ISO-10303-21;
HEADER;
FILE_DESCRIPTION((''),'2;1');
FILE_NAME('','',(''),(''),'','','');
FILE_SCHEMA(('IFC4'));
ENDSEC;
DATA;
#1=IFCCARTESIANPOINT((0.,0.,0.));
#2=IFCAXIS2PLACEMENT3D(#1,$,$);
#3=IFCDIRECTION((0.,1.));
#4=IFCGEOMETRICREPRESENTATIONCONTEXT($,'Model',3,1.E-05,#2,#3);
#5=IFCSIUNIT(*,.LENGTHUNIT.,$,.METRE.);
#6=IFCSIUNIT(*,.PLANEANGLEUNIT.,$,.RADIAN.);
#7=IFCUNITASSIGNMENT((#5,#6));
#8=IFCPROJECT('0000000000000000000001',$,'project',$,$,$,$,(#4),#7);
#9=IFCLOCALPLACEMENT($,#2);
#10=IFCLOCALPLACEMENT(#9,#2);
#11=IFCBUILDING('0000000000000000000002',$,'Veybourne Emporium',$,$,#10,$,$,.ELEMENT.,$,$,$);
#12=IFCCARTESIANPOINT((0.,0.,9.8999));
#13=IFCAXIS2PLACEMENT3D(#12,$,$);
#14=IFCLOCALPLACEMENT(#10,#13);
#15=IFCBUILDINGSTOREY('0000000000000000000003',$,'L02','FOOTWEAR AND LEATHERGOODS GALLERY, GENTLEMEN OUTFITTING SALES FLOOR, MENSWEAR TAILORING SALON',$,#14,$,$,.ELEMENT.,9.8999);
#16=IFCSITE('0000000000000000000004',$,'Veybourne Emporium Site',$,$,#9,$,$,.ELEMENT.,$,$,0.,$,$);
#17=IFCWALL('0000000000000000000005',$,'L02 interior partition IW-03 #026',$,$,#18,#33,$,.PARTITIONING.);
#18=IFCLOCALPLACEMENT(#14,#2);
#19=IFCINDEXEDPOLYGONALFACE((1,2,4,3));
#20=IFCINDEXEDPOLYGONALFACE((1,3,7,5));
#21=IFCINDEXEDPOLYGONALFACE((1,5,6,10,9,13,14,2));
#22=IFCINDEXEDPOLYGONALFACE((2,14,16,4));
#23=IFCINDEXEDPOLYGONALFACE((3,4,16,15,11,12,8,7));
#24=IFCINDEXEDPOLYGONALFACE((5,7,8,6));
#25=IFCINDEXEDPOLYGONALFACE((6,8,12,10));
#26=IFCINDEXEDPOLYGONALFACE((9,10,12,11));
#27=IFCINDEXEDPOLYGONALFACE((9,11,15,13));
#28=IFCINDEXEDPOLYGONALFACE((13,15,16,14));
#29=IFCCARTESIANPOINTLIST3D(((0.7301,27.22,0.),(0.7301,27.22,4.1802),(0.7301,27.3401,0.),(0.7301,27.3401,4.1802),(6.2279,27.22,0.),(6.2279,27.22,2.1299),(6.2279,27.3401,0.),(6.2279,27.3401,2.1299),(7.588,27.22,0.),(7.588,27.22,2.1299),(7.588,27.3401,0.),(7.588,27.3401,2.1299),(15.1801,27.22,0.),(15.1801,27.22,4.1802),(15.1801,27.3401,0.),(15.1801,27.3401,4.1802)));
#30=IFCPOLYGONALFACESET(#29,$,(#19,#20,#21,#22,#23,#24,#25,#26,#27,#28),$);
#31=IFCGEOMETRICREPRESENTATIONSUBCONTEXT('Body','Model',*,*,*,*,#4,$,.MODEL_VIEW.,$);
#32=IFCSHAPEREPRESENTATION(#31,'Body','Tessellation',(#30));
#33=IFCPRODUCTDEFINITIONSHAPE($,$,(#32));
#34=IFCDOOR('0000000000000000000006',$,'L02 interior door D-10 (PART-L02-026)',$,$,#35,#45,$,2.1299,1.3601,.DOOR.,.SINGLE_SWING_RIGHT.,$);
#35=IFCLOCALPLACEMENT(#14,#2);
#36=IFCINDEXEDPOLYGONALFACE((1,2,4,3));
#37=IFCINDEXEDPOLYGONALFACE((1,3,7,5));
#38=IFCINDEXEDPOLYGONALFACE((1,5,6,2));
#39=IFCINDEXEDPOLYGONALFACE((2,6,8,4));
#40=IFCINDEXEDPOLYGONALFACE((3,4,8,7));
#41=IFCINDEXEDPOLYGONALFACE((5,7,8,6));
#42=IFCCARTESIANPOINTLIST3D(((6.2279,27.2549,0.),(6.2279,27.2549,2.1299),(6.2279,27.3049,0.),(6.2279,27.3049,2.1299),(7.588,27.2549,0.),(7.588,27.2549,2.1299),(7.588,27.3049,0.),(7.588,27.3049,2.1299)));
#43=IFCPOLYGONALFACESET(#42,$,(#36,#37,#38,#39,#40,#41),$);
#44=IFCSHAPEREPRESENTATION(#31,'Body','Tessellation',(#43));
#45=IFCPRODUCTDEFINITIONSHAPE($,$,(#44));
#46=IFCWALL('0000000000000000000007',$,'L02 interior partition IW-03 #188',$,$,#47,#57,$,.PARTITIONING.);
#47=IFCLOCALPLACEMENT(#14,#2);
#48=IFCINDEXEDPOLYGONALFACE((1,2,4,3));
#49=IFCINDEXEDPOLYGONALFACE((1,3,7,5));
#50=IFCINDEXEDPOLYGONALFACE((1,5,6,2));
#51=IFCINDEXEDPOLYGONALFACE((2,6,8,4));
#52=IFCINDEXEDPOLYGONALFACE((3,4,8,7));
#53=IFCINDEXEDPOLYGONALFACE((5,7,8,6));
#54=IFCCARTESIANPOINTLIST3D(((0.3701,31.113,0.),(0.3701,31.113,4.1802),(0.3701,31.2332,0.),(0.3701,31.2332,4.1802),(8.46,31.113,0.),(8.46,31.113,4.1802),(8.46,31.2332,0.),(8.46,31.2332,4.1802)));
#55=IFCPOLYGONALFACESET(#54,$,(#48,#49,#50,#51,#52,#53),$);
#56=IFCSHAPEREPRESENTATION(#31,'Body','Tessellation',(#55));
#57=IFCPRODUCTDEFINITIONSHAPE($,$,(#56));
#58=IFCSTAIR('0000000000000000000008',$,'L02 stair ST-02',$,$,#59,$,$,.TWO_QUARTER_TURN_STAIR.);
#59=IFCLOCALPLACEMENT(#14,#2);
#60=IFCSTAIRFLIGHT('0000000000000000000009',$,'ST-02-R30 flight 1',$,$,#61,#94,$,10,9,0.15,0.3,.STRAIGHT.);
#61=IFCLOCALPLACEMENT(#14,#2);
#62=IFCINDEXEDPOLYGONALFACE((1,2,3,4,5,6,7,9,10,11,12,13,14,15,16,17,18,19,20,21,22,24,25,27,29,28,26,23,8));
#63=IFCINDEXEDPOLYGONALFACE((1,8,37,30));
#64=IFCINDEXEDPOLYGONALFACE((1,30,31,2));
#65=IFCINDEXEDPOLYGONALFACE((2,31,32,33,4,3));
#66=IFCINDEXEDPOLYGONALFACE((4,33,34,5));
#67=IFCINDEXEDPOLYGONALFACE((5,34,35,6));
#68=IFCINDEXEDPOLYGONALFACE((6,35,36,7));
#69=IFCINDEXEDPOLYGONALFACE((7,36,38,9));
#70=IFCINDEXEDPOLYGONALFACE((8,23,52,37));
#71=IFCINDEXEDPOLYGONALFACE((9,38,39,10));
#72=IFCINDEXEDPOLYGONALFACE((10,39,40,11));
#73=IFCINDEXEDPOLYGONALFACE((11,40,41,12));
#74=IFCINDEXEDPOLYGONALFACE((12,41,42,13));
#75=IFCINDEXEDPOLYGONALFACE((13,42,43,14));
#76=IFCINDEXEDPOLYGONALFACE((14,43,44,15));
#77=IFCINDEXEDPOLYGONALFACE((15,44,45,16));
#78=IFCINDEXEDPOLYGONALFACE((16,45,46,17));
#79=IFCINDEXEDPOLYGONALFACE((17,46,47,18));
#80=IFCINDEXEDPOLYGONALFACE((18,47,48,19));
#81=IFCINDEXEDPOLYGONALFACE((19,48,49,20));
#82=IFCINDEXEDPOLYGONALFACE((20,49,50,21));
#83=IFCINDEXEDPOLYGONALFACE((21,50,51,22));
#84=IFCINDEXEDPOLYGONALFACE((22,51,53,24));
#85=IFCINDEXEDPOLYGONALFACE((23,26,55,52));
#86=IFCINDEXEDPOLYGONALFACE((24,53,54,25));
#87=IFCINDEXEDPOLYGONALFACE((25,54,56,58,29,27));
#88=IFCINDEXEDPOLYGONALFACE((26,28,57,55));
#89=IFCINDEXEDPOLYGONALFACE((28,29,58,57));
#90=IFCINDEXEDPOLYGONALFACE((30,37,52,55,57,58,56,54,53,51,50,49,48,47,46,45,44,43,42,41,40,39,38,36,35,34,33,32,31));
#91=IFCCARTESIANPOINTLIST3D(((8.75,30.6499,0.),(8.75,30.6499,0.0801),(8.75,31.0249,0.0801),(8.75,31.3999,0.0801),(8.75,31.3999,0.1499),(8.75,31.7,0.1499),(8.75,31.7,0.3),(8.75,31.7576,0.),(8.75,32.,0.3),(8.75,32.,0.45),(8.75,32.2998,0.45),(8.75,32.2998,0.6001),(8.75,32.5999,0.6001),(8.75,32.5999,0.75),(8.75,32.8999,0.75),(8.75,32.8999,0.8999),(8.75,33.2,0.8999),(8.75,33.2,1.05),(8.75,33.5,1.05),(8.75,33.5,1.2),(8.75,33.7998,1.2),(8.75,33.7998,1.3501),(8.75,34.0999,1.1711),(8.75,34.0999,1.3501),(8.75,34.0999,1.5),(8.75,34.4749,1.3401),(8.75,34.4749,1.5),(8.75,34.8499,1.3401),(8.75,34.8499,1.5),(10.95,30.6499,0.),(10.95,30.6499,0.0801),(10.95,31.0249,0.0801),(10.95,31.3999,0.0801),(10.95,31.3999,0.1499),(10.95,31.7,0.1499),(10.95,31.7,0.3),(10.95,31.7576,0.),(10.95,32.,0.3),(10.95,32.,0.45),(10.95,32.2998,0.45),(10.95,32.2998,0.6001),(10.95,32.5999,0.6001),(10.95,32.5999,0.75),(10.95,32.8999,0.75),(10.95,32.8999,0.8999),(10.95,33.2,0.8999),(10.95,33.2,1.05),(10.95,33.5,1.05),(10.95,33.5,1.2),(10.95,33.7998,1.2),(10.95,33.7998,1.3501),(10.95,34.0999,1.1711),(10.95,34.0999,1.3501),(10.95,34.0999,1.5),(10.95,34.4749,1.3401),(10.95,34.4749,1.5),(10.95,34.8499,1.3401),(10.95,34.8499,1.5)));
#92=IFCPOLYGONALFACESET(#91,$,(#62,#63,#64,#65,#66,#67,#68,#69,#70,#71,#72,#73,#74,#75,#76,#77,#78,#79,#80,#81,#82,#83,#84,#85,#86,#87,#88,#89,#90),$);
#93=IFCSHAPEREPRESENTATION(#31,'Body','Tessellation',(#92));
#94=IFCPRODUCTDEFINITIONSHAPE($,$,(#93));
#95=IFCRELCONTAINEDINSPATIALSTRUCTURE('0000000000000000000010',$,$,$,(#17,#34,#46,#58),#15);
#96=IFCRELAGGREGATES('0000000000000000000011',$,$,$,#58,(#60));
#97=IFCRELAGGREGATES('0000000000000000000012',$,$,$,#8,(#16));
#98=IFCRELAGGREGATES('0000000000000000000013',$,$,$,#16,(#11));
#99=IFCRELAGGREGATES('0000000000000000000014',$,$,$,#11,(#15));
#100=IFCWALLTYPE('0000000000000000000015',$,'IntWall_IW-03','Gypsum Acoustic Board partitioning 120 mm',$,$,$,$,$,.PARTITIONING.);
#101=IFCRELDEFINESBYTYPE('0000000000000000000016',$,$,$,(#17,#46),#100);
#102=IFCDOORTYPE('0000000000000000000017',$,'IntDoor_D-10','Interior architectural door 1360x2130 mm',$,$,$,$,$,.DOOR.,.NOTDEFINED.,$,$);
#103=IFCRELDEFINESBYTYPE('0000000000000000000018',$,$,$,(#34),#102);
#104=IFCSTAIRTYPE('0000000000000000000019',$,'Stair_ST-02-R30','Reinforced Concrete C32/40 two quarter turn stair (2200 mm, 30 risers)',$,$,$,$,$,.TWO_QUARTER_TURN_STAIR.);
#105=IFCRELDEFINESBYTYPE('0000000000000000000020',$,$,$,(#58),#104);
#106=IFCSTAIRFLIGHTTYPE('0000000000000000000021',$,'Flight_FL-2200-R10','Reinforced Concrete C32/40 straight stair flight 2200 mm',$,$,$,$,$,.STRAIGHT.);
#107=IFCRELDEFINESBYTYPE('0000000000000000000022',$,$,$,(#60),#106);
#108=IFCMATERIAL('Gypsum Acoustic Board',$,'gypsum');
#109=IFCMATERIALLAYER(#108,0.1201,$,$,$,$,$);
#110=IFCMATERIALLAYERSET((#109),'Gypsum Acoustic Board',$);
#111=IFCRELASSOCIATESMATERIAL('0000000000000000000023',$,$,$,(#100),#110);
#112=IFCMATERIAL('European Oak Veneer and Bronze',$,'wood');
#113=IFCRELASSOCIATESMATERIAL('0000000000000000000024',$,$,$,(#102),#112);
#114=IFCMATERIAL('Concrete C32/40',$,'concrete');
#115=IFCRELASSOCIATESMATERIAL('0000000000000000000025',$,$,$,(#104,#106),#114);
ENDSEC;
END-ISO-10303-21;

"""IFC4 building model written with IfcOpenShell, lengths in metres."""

from ifc_helpers import new_model, si_unit, direction, frame, frame_2d, origin, place, context, subcontext, project, spatial, polyline, rectangle, outline, extrude, material, layer, layer_set, type_object, element, fill, aggregate, save


model = new_model("IFC4")

# Units and contexts
model_context = context("Model", 3, precision=1e-05, world=origin(), true_north=direction((0.0, 1.0)))
body_context = subcontext(model_context, "Body", "Model", "MODEL_VIEW")
ifc_project = project(units=[si_unit("LENGTHUNIT", "METRE"), si_unit("PLANEANGLEUNIT", "RADIAN")], contexts=[model_context])

# Site, building, storey
site_placement = place(None, origin())
site = spatial("IfcSite", under=ifc_project, at=site_placement, Name="Veybourne Emporium Site", CompositionType="ELEMENT", RefElevation=0.0)
building_placement = place(site_placement, origin())
building = spatial("IfcBuilding", under=site, at=building_placement, Name="Veybourne Emporium", CompositionType="ELEMENT")
storey_placement = place(building_placement, frame((0.0, 0.0, 9.8999)))
storey = spatial("IfcBuildingStorey", under=building, at=storey_placement, Name="L02", Description="FOOTWEAR AND LEATHERGOODS GALLERY, GENTLEMEN OUTFITTING SALES FLOOR, MENSWEAR TAILORING SALON", CompositionType="ELEMENT", Elevation=9.8999)

# Shared definitions
ifc_material_1 = material(Name="Concrete C32/40", Category="concrete")

# Wall, opening, door
ifc_material_2 = material(Name="Gypsum Acoustic Board", Category="gypsum")
ifc_layer_1 = layer(ifc_material_2, 0.1201)
ifc_layer_set_1 = layer_set([ifc_layer_1], Name="Gypsum Acoustic Board")
wall_type_1 = type_object("IfcWallType", Name="IntWall_IW-03", Description="Gypsum Acoustic Board partitioning 120 mm", PredefinedType="PARTITIONING", material=ifc_layer_set_1)
wall_1_placement = place(storey_placement, frame((0.73, 27.28, 0.0), z_axis=(0.0, 0.0, 1.0), x_axis=(1.0, 0.0, 0.0)))
wall_1 = element("IfcWall", 1, at=wall_1_placement, inside=storey, type_object=wall_type_1, Name="L02 interior partition IW-03 #026", PredefinedType="PARTITIONING", context=body_context, shape_type="SweptSolid", body=[
    extrude(rectangle(XDim=14.45, YDim=0.1201, at=frame_2d((7.2251, 0.0))), origin(), (0.0, 0.0, 1.0), 4.1802),
])
opening_1_placement = place(wall_1_placement, frame((5.4978, 0.0, 0.0)))
opening_1 = element("IfcOpeningElement", 2, at=opening_1_placement, cuts=wall_1, PredefinedType="OPENING", context=body_context, shape_type="SweptSolid", body=[
    extrude(rectangle(XDim=1.3601, YDim=2.1299, at=frame_2d((0.6802, 1.0649))), frame((0.0, 0.0801, 0.0), z_axis=(0.0, -1.0, 0.0), x_axis=(1.0, 0.0, 0.0)), (0.0, 0.0, 1.0), 0.1602),
])
ifc_material_3 = material(Name="European Oak Veneer and Bronze", Category="wood")
door_type = type_object("IfcDoorType", Name="IntDoor_D-10", Description="Interior architectural door 1360x2130 mm", OperationType="NOTDEFINED", PredefinedType="DOOR", material=ifc_material_3)
door_placement = place(opening_1_placement, origin())
door = element("IfcDoor", 3, at=door_placement, inside=storey, type_object=door_type, Name="L02 interior door D-10 (PART-L02-026)", OperationType="SINGLE_SWING_RIGHT", OverallHeight=2.1299, OverallWidth=1.3601, PredefinedType="DOOR", context=body_context, shape_type="SweptSolid", body=[
    extrude(rectangle(XDim=1.3601, YDim=2.1299, at=frame_2d((0.6802, 1.0649))), frame((0.0, 0.0249, 0.0), z_axis=(0.0, -1.0, 0.0), x_axis=(1.0, 0.0, 0.0)), (0.0, 0.0, 1.0), 0.05),
])
fill(opening_1, door)

# Wall
wall_2_placement = place(storey_placement, frame((0.3701, 31.1731, 0.0), z_axis=(0.0, 0.0, 1.0), x_axis=(1.0, 0.0, 0.0)))
element("IfcWall", 4, at=wall_2_placement, inside=storey, type_object=wall_type_1, Name="L02 interior partition IW-03 #188", PredefinedType="PARTITIONING", context=body_context, shape_type="SweptSolid", body=[
    extrude(rectangle(XDim=8.0898, YDim=0.1201, at=frame_2d((4.0449, 0.0))), origin(), (0.0, 0.0, 1.0), 4.1802),
])

# Stair, stair flight
stair_type = type_object("IfcStairType", Name="Stair_ST-02-R30", Description="Reinforced Concrete C32/40 two quarter turn stair (2200 mm, 30 risers)", PredefinedType="TWO_QUARTER_TURN_STAIR", material=ifc_material_1)
stair_placement = place(storey_placement, origin())
stair = element("IfcStair", 5, at=stair_placement, inside=storey, type_object=stair_type, Name="L02 stair ST-02", PredefinedType="TWO_QUARTER_TURN_STAIR")
stair_flight_type = type_object("IfcStairFlightType", Name="Flight_FL-2200-R10", Description="Reinforced Concrete C32/40 straight stair flight 2200 mm", PredefinedType="STRAIGHT", material=ifc_material_1)
stair_flight_placement = place(storey_placement, frame((9.8501, 31.3999, 0.0), z_axis=(0.0, 0.0, 1.0), x_axis=(0.0, 1.0, 0.0)))
stair_flight = element("IfcStairFlight", 6, at=stair_flight_placement, type_object=stair_flight_type, Name="ST-02-R30 flight 1", NumberOfRisers=10, NumberOfTreads=9, PredefinedType="STRAIGHT", RiserHeight=0.15, TreadLength=0.3, context=body_context, shape_type="SweptSolid", body=[
    extrude(outline(polyline([(-0.75, 0.0), (-0.75, 0.0801), (-0.375, 0.0801), (0.0, 0.0801), (0.0, 0.1499), (0.3, 0.1499), (0.3, 0.3), (0.6001, 0.3), (0.6001, 0.45), (0.8999, 0.45), (0.8999, 0.6001), (1.2, 0.6001), (1.2, 0.75), (1.5, 0.75), (1.5, 0.8999), (1.8, 0.8999), (1.8, 1.05), (2.1001, 1.05), (2.1001, 1.2), (2.3999, 1.2), (2.3999, 1.3501), (2.7, 1.3501), (2.7, 1.5), (3.075, 1.5), (3.45, 1.5), (3.45, 1.3401), (3.075, 1.3401), (2.7, 1.1711), (0.3577, 0.0), (-0.75, 0.0)])), frame((0.0, 1.1001, 0.0), z_axis=(0.0, -1.0, 0.0), x_axis=(1.0, 0.0, 0.0)), (0.0, 0.0, 1.0), 2.2),
])
aggregate(stair, [stair_flight])

save(model, "model.ifc")
